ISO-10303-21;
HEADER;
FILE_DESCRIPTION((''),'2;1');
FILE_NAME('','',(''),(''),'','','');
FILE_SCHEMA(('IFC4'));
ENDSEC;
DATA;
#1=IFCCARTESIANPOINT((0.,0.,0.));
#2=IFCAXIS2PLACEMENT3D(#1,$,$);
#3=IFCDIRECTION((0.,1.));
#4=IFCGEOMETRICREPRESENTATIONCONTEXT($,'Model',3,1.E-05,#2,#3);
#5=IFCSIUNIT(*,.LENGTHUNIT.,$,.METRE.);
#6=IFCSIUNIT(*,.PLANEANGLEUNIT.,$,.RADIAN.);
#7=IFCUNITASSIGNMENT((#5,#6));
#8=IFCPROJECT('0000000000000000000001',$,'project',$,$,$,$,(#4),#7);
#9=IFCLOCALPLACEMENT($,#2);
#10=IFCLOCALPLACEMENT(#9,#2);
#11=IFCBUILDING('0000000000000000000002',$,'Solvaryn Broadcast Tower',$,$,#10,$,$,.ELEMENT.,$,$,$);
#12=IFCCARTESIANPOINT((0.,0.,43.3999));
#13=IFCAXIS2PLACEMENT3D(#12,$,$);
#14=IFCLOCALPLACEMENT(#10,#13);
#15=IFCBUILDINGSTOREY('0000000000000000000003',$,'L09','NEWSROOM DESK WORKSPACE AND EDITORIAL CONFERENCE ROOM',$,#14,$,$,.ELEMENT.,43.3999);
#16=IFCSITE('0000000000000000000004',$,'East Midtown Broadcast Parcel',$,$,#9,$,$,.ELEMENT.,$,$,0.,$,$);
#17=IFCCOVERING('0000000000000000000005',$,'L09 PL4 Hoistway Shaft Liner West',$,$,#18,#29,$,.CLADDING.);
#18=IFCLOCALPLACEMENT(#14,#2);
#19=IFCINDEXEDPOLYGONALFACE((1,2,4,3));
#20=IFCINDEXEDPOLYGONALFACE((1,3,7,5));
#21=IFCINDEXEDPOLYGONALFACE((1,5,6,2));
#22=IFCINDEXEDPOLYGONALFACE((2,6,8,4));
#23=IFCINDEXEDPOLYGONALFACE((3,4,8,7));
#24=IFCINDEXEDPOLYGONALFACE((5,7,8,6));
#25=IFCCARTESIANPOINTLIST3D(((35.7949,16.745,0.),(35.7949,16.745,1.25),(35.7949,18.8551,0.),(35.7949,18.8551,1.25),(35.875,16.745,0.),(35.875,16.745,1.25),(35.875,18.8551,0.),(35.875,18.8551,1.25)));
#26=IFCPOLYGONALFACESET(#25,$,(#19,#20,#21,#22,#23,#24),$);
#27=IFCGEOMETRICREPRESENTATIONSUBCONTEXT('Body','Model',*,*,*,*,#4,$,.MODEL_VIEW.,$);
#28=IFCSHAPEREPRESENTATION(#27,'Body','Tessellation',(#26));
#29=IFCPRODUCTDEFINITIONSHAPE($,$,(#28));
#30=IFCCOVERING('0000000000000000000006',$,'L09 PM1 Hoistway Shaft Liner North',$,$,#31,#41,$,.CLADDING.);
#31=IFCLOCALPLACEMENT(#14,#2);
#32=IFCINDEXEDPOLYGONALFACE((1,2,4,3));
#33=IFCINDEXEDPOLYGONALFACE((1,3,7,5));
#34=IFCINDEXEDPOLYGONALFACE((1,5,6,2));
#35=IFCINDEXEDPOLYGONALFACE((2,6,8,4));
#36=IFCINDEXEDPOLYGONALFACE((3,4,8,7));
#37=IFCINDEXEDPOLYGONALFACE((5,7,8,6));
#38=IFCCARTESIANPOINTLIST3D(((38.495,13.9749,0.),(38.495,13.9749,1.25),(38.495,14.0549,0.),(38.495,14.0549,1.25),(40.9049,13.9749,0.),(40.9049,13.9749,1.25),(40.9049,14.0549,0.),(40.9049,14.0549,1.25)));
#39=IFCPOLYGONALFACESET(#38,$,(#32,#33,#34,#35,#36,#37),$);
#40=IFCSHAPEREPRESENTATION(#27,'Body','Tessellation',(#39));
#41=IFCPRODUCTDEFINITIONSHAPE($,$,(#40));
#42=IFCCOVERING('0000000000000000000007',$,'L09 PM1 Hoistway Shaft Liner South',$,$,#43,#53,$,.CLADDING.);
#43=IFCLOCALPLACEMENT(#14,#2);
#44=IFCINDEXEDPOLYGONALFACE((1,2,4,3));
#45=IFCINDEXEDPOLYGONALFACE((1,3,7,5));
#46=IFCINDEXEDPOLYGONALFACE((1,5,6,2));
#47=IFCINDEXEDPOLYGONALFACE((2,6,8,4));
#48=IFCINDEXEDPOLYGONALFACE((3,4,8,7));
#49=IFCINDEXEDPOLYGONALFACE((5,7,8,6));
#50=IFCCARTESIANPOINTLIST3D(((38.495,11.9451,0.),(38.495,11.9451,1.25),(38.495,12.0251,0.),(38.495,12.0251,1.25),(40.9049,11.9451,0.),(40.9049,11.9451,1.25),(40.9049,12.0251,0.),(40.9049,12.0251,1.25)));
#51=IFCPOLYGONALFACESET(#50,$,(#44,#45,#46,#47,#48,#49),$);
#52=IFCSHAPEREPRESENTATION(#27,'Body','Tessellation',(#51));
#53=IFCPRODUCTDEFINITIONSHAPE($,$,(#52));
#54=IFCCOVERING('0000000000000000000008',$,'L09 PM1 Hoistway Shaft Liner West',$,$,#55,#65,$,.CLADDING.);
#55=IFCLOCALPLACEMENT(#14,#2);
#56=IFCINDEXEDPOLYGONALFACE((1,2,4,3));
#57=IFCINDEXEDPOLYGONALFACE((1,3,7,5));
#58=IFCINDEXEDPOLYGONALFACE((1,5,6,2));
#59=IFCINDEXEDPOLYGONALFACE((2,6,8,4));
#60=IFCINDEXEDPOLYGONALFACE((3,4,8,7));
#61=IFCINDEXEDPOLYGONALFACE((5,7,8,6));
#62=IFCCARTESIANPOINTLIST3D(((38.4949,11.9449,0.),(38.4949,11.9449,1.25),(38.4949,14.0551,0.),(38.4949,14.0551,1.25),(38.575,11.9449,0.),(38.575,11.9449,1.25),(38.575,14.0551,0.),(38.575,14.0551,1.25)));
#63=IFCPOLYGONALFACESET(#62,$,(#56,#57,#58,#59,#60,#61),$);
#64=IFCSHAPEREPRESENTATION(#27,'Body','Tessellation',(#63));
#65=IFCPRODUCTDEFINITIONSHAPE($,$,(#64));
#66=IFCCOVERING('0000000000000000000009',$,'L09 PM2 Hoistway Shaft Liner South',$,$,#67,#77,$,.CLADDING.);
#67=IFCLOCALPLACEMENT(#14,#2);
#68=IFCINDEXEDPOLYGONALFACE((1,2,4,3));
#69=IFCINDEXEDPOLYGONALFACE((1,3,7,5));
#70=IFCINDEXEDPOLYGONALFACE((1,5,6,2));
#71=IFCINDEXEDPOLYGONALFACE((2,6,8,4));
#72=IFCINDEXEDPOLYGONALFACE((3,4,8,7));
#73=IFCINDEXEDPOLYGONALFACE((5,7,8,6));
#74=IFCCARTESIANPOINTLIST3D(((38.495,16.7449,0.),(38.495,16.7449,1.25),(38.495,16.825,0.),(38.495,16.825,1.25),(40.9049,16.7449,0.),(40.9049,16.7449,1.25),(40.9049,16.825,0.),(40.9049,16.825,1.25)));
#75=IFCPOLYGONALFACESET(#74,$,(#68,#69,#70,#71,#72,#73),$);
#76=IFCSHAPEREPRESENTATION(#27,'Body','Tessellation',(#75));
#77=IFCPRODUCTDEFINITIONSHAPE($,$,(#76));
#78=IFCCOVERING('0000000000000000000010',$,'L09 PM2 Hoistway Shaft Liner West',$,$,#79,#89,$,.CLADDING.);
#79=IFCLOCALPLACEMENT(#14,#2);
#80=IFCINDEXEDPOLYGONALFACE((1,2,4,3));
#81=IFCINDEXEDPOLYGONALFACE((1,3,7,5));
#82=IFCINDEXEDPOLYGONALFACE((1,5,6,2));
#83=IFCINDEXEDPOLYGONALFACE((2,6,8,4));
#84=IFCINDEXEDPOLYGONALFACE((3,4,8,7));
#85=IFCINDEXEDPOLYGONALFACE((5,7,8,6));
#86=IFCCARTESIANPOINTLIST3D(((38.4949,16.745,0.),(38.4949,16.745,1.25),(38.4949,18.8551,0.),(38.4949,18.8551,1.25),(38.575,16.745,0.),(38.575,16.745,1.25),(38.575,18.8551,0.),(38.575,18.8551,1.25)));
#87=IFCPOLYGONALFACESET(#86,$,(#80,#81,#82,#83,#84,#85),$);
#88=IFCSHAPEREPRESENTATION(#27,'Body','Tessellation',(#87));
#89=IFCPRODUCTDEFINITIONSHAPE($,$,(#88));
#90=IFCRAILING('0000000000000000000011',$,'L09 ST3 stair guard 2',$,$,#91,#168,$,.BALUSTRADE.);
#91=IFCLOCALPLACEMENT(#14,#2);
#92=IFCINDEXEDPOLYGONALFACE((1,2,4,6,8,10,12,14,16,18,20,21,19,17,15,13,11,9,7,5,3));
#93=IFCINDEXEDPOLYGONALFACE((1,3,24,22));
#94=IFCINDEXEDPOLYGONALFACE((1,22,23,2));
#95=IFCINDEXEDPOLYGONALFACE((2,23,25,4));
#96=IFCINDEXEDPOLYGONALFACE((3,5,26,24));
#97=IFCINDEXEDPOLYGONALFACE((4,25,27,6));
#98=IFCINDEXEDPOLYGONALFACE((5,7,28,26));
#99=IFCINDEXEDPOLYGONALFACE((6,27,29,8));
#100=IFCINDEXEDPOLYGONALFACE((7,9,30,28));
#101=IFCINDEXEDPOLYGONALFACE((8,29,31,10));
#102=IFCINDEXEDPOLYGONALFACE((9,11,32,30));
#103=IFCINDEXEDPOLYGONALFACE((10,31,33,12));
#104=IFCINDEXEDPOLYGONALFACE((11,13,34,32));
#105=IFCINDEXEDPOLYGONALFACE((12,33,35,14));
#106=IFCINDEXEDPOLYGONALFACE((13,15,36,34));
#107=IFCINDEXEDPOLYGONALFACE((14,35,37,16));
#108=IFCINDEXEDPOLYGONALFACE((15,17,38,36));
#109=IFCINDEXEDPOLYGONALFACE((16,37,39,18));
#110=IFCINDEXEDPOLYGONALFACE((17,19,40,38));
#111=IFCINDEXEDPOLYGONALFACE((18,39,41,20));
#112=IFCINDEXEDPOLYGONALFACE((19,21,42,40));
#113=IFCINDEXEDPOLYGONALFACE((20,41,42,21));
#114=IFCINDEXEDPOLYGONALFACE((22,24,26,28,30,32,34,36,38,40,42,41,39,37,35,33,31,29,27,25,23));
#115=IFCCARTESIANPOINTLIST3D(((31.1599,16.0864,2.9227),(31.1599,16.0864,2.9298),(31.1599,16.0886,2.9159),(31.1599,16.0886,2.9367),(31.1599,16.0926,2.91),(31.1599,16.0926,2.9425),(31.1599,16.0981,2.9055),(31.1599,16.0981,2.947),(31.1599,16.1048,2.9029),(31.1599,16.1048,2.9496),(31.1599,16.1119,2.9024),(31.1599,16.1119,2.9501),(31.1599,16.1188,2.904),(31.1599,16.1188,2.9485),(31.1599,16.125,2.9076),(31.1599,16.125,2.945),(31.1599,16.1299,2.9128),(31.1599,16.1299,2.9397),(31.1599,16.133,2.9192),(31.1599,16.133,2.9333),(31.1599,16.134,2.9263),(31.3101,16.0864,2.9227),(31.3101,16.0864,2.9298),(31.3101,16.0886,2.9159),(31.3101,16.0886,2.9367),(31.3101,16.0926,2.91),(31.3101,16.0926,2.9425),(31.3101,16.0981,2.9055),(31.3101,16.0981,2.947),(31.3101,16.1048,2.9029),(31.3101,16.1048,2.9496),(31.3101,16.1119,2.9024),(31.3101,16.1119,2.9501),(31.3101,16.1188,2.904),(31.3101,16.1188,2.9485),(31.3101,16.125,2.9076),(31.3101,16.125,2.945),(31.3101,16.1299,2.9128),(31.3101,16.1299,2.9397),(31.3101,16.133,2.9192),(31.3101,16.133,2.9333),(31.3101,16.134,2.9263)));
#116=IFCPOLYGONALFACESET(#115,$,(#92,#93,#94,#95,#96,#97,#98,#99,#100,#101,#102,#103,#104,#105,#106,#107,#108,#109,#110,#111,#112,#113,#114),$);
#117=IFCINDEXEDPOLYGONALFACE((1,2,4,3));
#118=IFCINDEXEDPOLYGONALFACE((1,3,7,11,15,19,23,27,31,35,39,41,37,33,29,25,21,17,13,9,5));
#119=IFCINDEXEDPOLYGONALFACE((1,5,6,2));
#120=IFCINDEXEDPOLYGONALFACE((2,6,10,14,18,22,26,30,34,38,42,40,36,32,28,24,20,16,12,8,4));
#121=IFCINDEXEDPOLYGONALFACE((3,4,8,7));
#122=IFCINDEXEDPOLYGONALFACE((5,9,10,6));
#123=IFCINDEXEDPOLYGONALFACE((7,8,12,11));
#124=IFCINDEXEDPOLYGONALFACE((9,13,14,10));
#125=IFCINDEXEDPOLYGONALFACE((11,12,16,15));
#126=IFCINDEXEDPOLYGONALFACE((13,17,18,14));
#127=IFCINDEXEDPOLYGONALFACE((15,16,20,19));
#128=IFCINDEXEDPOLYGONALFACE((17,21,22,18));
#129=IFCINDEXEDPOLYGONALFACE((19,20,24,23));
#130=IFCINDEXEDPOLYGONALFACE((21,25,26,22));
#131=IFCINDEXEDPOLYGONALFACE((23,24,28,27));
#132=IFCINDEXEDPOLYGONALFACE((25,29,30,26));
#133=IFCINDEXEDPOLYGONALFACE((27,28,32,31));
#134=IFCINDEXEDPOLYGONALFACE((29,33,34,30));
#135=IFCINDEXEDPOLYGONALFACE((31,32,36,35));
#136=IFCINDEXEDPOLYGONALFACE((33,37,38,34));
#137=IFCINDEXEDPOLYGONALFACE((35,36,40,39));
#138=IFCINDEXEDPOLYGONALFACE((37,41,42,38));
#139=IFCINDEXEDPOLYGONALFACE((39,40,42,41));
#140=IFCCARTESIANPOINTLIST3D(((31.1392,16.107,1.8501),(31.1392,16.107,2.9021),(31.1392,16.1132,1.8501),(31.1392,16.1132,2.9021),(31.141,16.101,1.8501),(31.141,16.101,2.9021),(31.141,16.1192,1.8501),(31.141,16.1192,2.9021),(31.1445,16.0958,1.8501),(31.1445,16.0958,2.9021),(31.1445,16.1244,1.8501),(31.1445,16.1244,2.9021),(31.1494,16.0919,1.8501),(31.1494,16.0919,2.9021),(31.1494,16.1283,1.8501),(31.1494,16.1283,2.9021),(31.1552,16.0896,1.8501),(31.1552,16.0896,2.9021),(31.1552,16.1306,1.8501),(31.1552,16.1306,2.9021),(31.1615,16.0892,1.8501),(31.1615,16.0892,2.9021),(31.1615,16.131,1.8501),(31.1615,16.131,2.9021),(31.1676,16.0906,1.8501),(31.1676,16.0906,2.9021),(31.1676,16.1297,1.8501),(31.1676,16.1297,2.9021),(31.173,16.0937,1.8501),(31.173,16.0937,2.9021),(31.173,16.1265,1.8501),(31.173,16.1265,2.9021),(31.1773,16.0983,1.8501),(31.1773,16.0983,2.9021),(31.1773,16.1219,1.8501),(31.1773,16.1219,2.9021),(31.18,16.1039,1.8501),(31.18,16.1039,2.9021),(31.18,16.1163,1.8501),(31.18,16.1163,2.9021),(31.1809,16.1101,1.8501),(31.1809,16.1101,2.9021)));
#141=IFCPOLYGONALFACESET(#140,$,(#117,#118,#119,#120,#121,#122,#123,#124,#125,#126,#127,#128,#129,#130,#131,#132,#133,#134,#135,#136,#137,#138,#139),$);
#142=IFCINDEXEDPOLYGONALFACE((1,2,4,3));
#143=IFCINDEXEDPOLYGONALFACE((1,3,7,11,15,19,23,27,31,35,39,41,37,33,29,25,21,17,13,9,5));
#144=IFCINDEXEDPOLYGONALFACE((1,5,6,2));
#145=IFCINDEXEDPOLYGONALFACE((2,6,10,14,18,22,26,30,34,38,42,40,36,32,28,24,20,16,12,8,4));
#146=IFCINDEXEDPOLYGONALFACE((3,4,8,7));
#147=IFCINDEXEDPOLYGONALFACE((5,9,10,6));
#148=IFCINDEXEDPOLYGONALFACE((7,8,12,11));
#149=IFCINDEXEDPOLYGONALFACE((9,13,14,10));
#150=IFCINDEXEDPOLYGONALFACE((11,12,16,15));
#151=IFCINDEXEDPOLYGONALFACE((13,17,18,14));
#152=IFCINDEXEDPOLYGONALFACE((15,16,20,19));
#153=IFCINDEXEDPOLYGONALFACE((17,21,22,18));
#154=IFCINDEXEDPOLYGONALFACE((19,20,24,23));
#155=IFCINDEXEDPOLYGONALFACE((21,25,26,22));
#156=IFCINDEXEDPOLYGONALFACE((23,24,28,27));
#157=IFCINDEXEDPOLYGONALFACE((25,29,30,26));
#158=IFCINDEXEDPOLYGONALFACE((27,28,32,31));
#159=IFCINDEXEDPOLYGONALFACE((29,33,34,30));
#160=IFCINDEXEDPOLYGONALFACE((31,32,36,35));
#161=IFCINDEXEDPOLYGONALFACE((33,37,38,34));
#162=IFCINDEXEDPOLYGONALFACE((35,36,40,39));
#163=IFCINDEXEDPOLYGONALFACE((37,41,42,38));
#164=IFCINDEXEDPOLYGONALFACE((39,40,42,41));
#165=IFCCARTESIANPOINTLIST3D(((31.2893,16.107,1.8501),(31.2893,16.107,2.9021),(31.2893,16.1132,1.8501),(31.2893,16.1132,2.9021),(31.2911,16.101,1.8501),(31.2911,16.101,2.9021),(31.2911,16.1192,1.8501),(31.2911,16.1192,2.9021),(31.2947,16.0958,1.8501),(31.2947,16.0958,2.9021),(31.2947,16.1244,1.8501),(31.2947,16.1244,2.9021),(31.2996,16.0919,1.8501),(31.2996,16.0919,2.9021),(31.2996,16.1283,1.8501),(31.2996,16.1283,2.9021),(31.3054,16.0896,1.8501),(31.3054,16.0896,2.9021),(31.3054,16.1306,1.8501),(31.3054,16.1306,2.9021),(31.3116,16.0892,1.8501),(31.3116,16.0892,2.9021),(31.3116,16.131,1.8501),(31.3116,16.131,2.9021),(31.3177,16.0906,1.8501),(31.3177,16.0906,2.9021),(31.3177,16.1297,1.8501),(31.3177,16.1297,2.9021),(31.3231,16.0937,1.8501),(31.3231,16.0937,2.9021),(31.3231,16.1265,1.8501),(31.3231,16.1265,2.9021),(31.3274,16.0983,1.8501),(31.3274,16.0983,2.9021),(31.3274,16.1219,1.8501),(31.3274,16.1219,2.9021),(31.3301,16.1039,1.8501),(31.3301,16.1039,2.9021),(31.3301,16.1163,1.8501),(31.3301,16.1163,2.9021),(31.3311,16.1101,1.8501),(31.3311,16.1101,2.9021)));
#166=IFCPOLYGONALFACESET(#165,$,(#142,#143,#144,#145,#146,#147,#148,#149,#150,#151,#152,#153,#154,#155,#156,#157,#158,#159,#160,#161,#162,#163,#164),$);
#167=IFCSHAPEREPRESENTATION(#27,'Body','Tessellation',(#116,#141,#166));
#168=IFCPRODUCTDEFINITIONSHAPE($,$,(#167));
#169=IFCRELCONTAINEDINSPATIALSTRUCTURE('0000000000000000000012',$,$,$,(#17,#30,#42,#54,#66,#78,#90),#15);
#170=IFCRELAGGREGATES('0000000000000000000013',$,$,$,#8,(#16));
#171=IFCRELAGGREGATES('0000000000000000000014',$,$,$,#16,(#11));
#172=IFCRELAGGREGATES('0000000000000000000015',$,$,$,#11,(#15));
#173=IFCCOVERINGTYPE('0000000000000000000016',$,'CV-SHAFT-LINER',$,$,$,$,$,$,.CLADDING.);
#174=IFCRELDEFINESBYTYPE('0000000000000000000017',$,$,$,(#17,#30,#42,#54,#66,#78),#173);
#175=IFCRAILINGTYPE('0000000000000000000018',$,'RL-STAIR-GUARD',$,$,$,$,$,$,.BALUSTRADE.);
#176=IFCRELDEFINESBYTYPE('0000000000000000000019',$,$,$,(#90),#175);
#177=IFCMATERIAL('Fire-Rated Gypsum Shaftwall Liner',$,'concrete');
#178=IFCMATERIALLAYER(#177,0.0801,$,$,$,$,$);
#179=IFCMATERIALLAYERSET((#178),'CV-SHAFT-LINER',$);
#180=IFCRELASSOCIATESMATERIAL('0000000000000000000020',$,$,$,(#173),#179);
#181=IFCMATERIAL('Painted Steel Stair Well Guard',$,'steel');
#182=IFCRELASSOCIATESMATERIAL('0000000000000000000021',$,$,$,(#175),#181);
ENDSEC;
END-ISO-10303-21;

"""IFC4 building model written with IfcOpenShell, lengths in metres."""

from ifc_helpers import new_model, si_unit, direction, frame, origin, origin_2d, place, context, subcontext, project, spatial, rectangle, circle, extrude, material, layer, layer_set, type_object, element, save


model = new_model("IFC4")

# Units and contexts
model_context = context("Model", 3, precision=1e-05, world=origin(), true_north=direction((0.0, 1.0)))
body_context = subcontext(model_context, "Body", "Model", "MODEL_VIEW")
ifc_project = project(units=[si_unit("LENGTHUNIT", "METRE"), si_unit("PLANEANGLEUNIT", "RADIAN")], contexts=[model_context])

# Site, building, storey
site_placement = place(None, origin())
site = spatial("IfcSite", under=ifc_project, at=site_placement, Name="East Midtown Broadcast Parcel", CompositionType="ELEMENT", RefElevation=0.0)
building_placement = place(site_placement, origin())
building = spatial("IfcBuilding", under=site, at=building_placement, Name="Solvaryn Broadcast Tower", CompositionType="ELEMENT")
storey_placement = place(building_placement, frame((0.0, 0.0, 43.3999)))
storey = spatial("IfcBuildingStorey", under=building, at=storey_placement, Name="L09", Description="NEWSROOM DESK WORKSPACE AND EDITORIAL CONFERENCE ROOM", CompositionType="ELEMENT", Elevation=43.3999)

# Coverings
ifc_material_1 = material(Name="Fire-Rated Gypsum Shaftwall Liner", Category="concrete")
ifc_layer_1 = layer(ifc_material_1, 0.0801)
ifc_layer_set_1 = layer_set([ifc_layer_1], Name="CV-SHAFT-LINER")
covering_type = type_object("IfcCoveringType", Name="CV-SHAFT-LINER", PredefinedType="CLADDING", material=ifc_layer_set_1)
for number, where, z_axis, x_axis, name in (
    (1, (35.835, 17.8, 0.0), (0.0, 0.0, 1.0), (1.0, 0.0, 0.0), "L09 PL4 Hoistway Shaft Liner West"),
):
    element("IfcCovering", number, at=place(storey_placement, frame(where, z_axis=z_axis, x_axis=x_axis)), inside=storey, type_object=covering_type, Name=name, PredefinedType="CLADDING", context=body_context, shape_type="SweptSolid", body=[
        extrude(rectangle(XDim=0.0801, YDim=2.1101, at=origin_2d()), origin(), (0.0, 0.0, 1.0), 1.25),
    ])
for number, where, z_axis, x_axis, name in (
    (2, (39.7, 14.0149, 0.0), (0.0, 0.0, 1.0), (1.0, 0.0, 0.0), "L09 PM1 Hoistway Shaft Liner North"),
    (3, (39.7, 11.9851, 0.0), (0.0, 0.0, 1.0), (1.0, 0.0, 0.0), "L09 PM1 Hoistway Shaft Liner South"),
):
    element("IfcCovering", number, at=place(storey_placement, frame(where, z_axis=z_axis, x_axis=x_axis)), inside=storey, type_object=covering_type, Name=name, PredefinedType="CLADDING", context=body_context, shape_type="SweptSolid", body=[
        extrude(rectangle(XDim=2.4099, YDim=0.0801, at=origin_2d()), origin(), (0.0, 0.0, 1.0), 1.25),
    ])
covering_1_placement = place(storey_placement, frame((38.5349, 13.0, 0.0), z_axis=(0.0, 0.0, 1.0), x_axis=(1.0, 0.0, 0.0)))
element("IfcCovering", 4, at=covering_1_placement, inside=storey, type_object=covering_type, Name="L09 PM1 Hoistway Shaft Liner West", PredefinedType="CLADDING", context=body_context, shape_type="SweptSolid", body=[
    extrude(rectangle(XDim=0.0801, YDim=2.1101, at=origin_2d()), origin(), (0.0, 0.0, 1.0), 1.25),
])
covering_2_placement = place(storey_placement, frame((39.7, 16.7849, 0.0), z_axis=(0.0, 0.0, 1.0), x_axis=(1.0, 0.0, 0.0)))
element("IfcCovering", 5, at=covering_2_placement, inside=storey, type_object=covering_type, Name="L09 PM2 Hoistway Shaft Liner South", PredefinedType="CLADDING", context=body_context, shape_type="SweptSolid", body=[
    extrude(rectangle(XDim=2.4099, YDim=0.0801, at=origin_2d()), origin(), (0.0, 0.0, 1.0), 1.25),
])
covering_3_placement = place(storey_placement, frame((38.5349, 17.8, 0.0), z_axis=(0.0, 0.0, 1.0), x_axis=(1.0, 0.0, 0.0)))
element("IfcCovering", 6, at=covering_3_placement, inside=storey, type_object=covering_type, Name="L09 PM2 Hoistway Shaft Liner West", PredefinedType="CLADDING", context=body_context, shape_type="SweptSolid", body=[
    extrude(rectangle(XDim=0.0801, YDim=2.1101, at=origin_2d()), origin(), (0.0, 0.0, 1.0), 1.25),
])

# Railing
ifc_material_2 = material(Name="Painted Steel Stair Well Guard", Category="steel")
railing_type_1 = type_object("IfcRailingType", Name="RL-STAIR-GUARD", PredefinedType="BALUSTRADE", material=ifc_material_2)
railing_1_placement = place(storey_placement, frame((31.1599, 16.1101, 1.8501)))
element("IfcRailing", 7, at=railing_1_placement, inside=storey, type_object=railing_type_1, Name="L09 ST3 stair guard 2", PredefinedType="BALUSTRADE", context=body_context, shape_type="SweptSolid", body=[
    extrude(circle(Radius=0.0239, at=origin_2d()), frame((0.0, 0.0, 1.0762), z_axis=(1.0, 0.0, 0.0), x_axis=(0.0, 1.0, 0.0)), (0.0, 0.0, 1.0), 0.1501),
    extrude(circle(Radius=0.021, at=origin_2d()), origin(), (0.0, 0.0, 1.0), 1.052),
    extrude(circle(Radius=0.021, at=origin_2d()), frame((0.1501, 0.0, 0.0)), (0.0, 0.0, 1.0), 1.052),
])

save(model, "model.ifc")
